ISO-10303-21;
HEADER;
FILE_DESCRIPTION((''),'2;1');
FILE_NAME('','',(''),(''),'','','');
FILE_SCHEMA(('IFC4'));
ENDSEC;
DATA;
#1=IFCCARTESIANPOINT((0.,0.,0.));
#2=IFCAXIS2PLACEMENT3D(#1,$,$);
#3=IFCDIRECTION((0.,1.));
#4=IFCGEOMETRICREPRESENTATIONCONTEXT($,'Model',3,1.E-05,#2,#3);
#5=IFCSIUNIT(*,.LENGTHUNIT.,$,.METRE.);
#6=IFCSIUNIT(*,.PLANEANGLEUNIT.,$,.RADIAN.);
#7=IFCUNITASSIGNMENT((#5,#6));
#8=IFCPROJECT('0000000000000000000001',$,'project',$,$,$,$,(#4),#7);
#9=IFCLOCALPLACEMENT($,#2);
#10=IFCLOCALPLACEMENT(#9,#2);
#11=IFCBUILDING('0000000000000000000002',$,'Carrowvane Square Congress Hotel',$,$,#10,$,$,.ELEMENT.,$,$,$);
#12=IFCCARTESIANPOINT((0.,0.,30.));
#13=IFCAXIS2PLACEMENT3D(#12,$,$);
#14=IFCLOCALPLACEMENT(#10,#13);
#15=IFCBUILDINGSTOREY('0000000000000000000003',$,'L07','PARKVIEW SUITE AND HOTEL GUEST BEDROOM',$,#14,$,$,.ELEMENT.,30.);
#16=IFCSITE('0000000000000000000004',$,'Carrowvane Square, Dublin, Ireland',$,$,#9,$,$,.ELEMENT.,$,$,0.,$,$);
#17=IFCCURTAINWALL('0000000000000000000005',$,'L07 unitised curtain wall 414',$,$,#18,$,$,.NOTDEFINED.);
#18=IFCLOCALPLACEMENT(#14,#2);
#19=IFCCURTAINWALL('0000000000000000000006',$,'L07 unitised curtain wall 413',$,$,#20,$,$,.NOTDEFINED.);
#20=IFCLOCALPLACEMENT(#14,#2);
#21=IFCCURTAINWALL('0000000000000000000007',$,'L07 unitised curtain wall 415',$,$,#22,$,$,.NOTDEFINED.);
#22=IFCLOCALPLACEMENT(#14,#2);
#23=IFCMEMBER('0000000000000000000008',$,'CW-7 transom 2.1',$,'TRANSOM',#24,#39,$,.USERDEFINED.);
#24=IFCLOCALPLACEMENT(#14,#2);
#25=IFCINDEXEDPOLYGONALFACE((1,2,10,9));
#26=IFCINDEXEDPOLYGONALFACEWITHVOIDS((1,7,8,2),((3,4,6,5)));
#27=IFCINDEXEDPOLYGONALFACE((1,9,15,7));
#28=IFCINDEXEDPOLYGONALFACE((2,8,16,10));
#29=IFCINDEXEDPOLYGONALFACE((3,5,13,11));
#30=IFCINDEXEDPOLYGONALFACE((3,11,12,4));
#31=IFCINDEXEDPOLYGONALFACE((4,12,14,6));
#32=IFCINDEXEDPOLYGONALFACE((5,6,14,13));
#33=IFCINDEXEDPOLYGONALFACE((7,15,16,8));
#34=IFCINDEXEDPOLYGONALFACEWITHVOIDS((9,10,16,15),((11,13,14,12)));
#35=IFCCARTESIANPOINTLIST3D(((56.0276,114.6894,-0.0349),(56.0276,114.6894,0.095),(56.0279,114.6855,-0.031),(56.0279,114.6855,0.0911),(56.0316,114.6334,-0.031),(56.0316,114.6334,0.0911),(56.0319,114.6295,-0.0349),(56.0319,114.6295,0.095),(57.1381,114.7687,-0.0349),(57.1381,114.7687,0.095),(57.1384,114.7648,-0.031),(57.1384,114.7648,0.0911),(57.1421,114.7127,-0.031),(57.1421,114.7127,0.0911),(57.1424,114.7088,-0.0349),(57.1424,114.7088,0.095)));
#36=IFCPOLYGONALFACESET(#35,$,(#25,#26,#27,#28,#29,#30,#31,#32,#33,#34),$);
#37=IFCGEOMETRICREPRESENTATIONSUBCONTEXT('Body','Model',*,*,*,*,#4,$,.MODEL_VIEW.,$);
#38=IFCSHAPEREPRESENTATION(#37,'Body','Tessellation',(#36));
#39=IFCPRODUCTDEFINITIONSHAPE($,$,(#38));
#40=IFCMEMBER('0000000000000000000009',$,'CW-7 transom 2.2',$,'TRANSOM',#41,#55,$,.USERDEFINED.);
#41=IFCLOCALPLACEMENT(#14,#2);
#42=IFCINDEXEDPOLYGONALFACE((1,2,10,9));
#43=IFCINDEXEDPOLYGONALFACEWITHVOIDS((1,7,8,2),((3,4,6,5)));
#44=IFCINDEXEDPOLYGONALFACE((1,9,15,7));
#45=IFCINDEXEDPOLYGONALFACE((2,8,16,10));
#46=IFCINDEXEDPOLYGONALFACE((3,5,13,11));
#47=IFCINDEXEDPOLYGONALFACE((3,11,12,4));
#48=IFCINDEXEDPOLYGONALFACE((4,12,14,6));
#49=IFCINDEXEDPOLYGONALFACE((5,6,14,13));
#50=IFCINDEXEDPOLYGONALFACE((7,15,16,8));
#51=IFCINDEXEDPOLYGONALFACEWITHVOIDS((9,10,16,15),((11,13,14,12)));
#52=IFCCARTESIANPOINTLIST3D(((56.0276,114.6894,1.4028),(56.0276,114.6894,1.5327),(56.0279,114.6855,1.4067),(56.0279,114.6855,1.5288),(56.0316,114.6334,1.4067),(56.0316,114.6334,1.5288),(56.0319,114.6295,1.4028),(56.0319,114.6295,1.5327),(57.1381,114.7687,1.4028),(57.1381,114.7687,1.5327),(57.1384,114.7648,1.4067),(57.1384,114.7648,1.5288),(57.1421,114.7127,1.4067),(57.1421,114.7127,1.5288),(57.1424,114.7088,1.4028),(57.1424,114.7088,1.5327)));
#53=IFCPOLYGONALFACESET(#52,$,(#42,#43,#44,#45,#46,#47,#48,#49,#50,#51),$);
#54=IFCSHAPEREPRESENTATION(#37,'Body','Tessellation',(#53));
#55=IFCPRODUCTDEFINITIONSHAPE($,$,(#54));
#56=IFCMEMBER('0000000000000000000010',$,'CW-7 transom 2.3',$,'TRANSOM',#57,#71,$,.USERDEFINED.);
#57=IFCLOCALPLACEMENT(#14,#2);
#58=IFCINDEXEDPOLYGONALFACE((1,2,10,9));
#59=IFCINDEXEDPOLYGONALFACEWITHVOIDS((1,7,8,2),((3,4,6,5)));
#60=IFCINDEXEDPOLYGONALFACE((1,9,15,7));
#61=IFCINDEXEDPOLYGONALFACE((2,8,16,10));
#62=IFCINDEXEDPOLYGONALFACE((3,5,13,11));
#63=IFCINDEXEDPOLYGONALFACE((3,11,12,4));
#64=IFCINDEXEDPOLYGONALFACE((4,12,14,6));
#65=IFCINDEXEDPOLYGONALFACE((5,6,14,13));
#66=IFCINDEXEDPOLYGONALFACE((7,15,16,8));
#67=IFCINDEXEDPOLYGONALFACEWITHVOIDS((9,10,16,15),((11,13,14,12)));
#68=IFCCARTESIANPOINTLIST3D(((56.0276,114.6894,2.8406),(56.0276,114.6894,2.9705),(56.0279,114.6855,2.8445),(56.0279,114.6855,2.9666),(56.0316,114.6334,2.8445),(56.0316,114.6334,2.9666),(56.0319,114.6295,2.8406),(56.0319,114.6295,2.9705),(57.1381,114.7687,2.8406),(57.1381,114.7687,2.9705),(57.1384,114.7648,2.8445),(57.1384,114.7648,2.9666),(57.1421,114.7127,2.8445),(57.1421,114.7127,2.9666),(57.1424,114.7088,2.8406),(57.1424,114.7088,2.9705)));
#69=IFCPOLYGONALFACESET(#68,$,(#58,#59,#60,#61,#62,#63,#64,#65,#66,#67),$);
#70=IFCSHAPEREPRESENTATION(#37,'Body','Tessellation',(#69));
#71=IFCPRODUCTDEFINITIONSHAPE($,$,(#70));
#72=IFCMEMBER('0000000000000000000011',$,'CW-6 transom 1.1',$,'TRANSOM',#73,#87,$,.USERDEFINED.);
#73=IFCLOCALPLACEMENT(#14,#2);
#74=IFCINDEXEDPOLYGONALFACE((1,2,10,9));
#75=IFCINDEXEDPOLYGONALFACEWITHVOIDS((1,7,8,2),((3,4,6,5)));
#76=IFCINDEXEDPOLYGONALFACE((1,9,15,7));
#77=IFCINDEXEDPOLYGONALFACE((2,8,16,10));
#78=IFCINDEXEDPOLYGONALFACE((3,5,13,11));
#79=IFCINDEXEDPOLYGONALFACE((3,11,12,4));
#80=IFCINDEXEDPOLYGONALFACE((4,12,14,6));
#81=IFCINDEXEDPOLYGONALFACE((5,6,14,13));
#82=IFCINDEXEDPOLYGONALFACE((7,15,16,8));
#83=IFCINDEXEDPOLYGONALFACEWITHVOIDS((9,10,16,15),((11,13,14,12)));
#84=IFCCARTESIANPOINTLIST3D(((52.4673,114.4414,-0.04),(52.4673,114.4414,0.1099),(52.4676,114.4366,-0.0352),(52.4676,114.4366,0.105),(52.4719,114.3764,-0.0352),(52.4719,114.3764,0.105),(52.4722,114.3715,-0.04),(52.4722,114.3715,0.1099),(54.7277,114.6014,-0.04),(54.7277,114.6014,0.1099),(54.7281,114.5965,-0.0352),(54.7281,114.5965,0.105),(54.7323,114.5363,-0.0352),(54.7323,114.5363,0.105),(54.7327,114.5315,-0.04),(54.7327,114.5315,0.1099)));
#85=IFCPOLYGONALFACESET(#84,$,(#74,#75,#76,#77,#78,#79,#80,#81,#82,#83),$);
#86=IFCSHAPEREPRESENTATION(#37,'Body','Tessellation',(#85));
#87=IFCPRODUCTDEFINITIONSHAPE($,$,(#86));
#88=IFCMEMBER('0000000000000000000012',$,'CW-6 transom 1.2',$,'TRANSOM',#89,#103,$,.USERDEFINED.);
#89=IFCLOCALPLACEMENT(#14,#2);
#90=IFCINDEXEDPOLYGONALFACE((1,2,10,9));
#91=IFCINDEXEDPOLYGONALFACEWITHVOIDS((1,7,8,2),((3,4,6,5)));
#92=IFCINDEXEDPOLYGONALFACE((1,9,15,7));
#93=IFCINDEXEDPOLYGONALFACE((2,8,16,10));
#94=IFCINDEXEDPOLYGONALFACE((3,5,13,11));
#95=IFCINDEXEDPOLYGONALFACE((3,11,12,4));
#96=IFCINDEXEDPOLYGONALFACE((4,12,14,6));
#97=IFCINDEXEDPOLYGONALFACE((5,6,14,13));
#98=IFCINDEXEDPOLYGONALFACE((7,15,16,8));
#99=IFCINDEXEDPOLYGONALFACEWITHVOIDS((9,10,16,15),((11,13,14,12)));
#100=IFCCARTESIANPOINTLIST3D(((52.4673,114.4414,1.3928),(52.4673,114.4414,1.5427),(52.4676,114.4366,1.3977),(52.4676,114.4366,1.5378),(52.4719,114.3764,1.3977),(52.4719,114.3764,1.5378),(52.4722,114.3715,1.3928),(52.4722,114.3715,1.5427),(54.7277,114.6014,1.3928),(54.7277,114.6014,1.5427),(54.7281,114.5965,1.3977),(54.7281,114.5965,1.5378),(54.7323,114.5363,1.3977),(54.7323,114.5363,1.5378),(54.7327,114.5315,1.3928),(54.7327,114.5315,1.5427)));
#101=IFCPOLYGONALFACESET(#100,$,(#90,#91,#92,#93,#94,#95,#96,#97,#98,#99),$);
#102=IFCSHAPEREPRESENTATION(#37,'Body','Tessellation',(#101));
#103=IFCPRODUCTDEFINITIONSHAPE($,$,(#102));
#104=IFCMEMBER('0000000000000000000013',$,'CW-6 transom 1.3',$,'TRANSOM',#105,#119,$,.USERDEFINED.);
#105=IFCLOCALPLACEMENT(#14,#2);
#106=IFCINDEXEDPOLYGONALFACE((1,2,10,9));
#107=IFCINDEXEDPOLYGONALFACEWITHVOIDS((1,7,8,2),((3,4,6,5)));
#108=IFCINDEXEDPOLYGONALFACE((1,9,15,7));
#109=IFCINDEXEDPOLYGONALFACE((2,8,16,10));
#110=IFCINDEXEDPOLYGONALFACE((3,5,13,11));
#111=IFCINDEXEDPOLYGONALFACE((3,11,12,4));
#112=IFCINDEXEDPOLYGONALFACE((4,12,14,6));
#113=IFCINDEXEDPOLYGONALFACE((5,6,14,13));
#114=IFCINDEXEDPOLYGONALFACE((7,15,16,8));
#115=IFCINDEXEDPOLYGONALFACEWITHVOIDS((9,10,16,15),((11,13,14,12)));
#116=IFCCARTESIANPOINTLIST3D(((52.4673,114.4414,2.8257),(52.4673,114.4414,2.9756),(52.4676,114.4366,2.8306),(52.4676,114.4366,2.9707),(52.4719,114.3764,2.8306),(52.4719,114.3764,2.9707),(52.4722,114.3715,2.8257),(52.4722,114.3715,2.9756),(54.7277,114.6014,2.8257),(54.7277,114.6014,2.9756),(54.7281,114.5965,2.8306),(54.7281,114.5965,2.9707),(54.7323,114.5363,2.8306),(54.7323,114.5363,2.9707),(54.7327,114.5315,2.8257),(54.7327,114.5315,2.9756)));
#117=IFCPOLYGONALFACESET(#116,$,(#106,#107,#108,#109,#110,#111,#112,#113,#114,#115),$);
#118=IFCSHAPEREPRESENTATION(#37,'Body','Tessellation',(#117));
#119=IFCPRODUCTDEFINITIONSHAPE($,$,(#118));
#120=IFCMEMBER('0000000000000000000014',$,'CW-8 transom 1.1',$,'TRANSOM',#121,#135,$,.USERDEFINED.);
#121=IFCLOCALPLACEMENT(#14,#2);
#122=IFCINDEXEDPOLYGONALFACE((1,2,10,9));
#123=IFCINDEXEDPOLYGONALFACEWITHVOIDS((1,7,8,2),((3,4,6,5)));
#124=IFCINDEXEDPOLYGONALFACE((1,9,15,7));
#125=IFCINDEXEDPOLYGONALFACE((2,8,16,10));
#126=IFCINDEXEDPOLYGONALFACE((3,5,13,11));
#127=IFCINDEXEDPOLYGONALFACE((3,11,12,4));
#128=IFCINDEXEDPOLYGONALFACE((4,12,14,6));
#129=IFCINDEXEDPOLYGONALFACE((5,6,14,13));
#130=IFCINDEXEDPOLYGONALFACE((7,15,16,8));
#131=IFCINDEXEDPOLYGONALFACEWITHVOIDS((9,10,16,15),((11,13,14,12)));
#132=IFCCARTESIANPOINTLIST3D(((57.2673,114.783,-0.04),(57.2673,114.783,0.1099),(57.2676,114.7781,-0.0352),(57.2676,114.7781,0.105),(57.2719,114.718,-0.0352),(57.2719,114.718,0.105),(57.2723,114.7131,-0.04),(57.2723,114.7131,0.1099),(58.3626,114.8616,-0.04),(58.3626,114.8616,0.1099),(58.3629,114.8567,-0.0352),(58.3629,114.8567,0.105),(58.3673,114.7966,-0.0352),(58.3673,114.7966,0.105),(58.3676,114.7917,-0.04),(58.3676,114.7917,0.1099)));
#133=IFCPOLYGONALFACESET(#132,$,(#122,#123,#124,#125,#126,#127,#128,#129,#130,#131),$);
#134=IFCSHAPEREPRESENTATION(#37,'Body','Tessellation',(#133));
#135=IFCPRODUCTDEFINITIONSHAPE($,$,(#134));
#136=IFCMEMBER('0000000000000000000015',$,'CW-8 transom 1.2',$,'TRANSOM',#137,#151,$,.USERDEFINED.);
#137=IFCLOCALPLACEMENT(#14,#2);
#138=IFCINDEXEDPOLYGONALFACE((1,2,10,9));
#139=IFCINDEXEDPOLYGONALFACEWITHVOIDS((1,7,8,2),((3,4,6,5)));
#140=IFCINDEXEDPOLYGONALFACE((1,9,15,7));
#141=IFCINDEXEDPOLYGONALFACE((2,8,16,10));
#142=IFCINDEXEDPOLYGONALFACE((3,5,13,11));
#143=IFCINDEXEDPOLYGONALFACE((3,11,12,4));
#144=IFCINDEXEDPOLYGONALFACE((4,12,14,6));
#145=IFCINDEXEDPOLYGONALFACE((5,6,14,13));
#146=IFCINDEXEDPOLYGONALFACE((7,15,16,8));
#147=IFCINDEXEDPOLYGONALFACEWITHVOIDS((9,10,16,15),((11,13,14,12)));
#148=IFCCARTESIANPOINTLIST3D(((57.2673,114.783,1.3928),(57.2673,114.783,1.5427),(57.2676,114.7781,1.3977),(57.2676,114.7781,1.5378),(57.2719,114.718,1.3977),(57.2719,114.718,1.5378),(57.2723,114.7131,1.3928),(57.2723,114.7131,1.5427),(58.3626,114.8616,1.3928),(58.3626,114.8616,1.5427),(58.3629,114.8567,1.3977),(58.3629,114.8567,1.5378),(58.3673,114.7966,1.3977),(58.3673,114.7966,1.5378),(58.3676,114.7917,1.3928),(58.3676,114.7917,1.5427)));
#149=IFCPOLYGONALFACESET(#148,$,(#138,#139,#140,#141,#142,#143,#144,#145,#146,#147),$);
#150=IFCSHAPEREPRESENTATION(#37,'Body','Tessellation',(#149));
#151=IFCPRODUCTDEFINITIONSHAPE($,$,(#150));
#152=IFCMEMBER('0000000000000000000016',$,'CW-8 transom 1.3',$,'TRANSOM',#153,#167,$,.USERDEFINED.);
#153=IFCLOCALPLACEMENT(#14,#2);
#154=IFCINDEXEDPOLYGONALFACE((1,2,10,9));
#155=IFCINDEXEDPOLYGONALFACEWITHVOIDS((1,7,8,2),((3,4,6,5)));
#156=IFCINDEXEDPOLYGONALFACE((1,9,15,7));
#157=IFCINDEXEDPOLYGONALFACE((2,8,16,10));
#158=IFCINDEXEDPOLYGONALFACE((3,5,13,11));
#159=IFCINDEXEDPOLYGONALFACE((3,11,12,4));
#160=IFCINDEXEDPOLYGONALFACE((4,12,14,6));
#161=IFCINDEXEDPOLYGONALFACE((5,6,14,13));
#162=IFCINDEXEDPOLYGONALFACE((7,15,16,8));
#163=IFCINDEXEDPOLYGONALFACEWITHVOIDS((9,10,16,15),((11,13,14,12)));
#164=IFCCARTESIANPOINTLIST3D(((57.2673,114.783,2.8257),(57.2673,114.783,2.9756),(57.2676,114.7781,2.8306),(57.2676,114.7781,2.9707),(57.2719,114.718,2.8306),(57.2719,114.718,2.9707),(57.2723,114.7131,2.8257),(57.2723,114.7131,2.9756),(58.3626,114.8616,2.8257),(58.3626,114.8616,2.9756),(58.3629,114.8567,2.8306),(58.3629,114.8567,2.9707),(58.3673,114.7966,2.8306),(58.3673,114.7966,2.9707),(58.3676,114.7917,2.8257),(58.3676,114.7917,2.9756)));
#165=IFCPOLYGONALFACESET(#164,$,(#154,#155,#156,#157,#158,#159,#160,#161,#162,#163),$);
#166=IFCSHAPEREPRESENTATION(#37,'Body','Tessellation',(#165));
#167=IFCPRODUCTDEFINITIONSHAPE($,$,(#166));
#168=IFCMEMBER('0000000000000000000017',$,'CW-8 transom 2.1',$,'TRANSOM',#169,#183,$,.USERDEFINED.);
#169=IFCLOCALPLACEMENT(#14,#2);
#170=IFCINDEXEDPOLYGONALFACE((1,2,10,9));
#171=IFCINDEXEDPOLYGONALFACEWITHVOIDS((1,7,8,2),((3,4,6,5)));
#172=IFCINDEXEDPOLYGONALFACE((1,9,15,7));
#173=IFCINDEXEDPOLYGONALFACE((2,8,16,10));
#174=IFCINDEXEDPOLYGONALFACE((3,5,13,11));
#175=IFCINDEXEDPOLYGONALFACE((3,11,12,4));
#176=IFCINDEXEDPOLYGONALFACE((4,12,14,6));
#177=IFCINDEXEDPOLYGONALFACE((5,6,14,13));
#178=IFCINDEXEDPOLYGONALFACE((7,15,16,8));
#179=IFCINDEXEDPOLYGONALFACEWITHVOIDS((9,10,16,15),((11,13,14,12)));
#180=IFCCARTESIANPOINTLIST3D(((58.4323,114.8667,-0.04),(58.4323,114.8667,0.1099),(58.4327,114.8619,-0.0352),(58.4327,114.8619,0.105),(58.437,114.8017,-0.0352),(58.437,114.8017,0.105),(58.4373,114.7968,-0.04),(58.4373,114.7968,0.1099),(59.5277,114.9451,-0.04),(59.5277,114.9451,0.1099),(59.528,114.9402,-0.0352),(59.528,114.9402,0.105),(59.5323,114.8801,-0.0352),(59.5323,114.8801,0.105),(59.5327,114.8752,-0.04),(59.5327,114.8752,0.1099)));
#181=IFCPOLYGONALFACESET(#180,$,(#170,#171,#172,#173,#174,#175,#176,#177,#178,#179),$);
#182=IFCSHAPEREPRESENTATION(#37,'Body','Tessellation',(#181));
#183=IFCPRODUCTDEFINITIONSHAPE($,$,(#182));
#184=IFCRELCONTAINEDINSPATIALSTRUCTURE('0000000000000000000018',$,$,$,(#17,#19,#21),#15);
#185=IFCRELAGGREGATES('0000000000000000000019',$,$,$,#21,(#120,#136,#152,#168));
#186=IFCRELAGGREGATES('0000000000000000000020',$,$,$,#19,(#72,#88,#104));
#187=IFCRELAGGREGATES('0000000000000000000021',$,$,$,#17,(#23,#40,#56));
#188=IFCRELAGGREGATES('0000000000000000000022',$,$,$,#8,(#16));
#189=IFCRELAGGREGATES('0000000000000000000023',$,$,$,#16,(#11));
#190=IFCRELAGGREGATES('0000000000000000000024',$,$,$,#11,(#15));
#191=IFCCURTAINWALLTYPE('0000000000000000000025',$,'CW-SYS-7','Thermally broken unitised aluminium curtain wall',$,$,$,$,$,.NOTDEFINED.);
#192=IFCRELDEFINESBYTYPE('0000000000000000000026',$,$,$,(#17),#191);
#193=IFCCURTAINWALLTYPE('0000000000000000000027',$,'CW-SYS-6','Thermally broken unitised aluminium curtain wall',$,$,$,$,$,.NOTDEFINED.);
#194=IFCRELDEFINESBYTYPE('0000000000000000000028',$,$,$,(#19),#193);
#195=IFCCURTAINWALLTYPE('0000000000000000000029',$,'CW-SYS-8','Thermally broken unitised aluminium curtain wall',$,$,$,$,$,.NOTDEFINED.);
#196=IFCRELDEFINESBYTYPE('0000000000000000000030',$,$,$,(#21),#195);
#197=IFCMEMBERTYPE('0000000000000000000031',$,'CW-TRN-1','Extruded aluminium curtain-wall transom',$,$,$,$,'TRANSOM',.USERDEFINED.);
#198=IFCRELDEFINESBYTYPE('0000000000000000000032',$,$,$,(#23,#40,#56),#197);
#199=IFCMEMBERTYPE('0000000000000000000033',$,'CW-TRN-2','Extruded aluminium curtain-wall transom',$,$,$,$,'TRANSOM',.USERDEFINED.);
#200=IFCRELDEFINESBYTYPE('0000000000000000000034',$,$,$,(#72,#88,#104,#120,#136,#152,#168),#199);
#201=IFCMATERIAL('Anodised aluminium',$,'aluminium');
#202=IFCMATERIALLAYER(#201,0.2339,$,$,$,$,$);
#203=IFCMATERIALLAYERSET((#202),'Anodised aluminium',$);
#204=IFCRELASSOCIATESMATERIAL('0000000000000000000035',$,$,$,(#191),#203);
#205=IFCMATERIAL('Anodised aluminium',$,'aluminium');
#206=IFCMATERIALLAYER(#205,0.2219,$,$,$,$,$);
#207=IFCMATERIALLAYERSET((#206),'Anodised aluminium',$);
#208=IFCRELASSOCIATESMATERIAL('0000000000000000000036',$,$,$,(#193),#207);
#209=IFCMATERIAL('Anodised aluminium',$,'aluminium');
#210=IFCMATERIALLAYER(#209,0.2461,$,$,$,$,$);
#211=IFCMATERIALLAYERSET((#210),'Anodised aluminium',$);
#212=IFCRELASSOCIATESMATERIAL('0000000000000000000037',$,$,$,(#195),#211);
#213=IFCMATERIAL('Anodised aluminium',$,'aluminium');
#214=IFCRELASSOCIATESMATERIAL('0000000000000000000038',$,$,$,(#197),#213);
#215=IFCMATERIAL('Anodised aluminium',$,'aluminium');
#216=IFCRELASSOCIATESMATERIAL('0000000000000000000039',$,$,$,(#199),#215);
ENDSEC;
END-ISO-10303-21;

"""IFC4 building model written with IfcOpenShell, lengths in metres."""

from ifc_helpers import new_model, si_unit, direction, frame, origin, origin_2d, place, context, subcontext, project, spatial, hollow_rectangle, extrude, material, layer, layer_set, material_profile, profile_set, type_object, element, aggregate, save


model = new_model("IFC4")

# Units and contexts
model_context = context("Model", 3, precision=1e-05, world=origin(), true_north=direction((0.0, 1.0)))
body_context = subcontext(model_context, "Body", "Model", "MODEL_VIEW")
ifc_project = project(units=[si_unit("LENGTHUNIT", "METRE"), si_unit("PLANEANGLEUNIT", "RADIAN")], contexts=[model_context])

# Site, building, storey
site_placement = place(None, origin())
site = spatial("IfcSite", under=ifc_project, at=site_placement, Name="Carrowvane Square, Dublin, Ireland", CompositionType="ELEMENT", RefElevation=0.0)
building_placement = place(site_placement, origin())
building = spatial("IfcBuilding", under=site, at=building_placement, Name="Carrowvane Square Congress Hotel", CompositionType="ELEMENT")
storey_placement = place(building_placement, frame((0.0, 0.0, 30.0)))
storey = spatial("IfcBuildingStorey", under=building, at=storey_placement, Name="L07", Description="PARKVIEW SUITE AND HOTEL GUEST BEDROOM", CompositionType="ELEMENT", Elevation=30.0)

# Curtain walls
ifc_material_1 = material(Name="Anodised aluminium", Category="aluminium")
ifc_layer_1 = layer(ifc_material_1, 0.2339)
ifc_layer_set_1 = layer_set([ifc_layer_1], Name="Anodised aluminium")
curtain_wall_type_1 = type_object("IfcCurtainWallType", Name="CW-SYS-7", Description="Thermally broken unitised aluminium curtain wall", PredefinedType="NOTDEFINED", material=ifc_layer_set_1)
curtain_wall_1_placement = place(storey_placement, origin())
curtain_wall_1 = element("IfcCurtainWall", 1, at=curtain_wall_1_placement, inside=storey, type_object=curtain_wall_type_1, Name="L07 unitised curtain wall 414", PredefinedType="NOTDEFINED")
ifc_material_2 = material(Name="Anodised aluminium", Category="aluminium")
ifc_layer_2 = layer(ifc_material_2, 0.2219)
ifc_layer_set_2 = layer_set([ifc_layer_2], Name="Anodised aluminium")
curtain_wall_type_2 = type_object("IfcCurtainWallType", Name="CW-SYS-6", Description="Thermally broken unitised aluminium curtain wall", PredefinedType="NOTDEFINED", material=ifc_layer_set_2)
curtain_wall_2_placement = place(storey_placement, origin())
curtain_wall_2 = element("IfcCurtainWall", 2, at=curtain_wall_2_placement, inside=storey, type_object=curtain_wall_type_2, Name="L07 unitised curtain wall 413", PredefinedType="NOTDEFINED")
ifc_material_3 = material(Name="Anodised aluminium", Category="aluminium")
ifc_layer_3 = layer(ifc_material_3, 0.2461)
ifc_layer_set_3 = layer_set([ifc_layer_3], Name="Anodised aluminium")
curtain_wall_type_3 = type_object("IfcCurtainWallType", Name="CW-SYS-8", Description="Thermally broken unitised aluminium curtain wall", PredefinedType="NOTDEFINED", material=ifc_layer_set_3)
curtain_wall_3_placement = place(storey_placement, origin())
curtain_wall_3 = element("IfcCurtainWall", 3, at=curtain_wall_3_placement, inside=storey, type_object=curtain_wall_type_3, Name="L07 unitised curtain wall 415", PredefinedType="NOTDEFINED")

# Members
ifc_material_4 = material(Name="Anodised aluminium", Category="aluminium")
ifc_material_profile_1 = material_profile(ifc_material_4, hollow_rectangle(XDim=0.0601, YDim=0.1299, WallThickness=0.0039, at=origin_2d()), Name="CW-TR 60x130x4")
ifc_profile_set_1 = profile_set([ifc_material_profile_1], Name="Anodised aluminium")
member_type_1 = type_object("IfcMemberType", Name="CW-TRN-1", Description="Extruded aluminium curtain-wall transom", ElementType="TRANSOM", PredefinedType="USERDEFINED", material=ifc_profile_set_1)
member_1_placement = place(storey_placement, frame((56.0298, 114.6594, 0.03), z_axis=(0.997456, 0.071278, 0.0), x_axis=(-0.071278, 0.997456, 0.0)))
member_1 = element("IfcMember", 4, at=member_1_placement, type_object=member_type_1, Name="CW-7 transom 2.1", ObjectType="TRANSOM", PredefinedType="USERDEFINED", context=body_context, shape_type="SweptSolid", body=[
    extrude(hollow_rectangle(XDim=0.0601, YDim=0.1299, WallThickness=0.0039, at=origin_2d()), origin(), (0.0, 0.0, 1.0), 1.1133),
])
member_2_placement = place(storey_placement, frame((56.0298, 114.6594, 1.4678), z_axis=(0.997456, 0.071278, 0.0), x_axis=(-0.071278, 0.997456, 0.0)))
member_2 = element("IfcMember", 5, at=member_2_placement, type_object=member_type_1, Name="CW-7 transom 2.2", ObjectType="TRANSOM", PredefinedType="USERDEFINED", context=body_context, shape_type="SweptSolid", body=[
    extrude(hollow_rectangle(XDim=0.0601, YDim=0.1299, WallThickness=0.0039, at=origin_2d()), origin(), (0.0, 0.0, 1.0), 1.1133),
])
member_3_placement = place(storey_placement, frame((56.0298, 114.6594, 2.9055), z_axis=(0.997456, 0.071278, 0.0), x_axis=(-0.071278, 0.997456, 0.0)))
member_3 = element("IfcMember", 6, at=member_3_placement, type_object=member_type_1, Name="CW-7 transom 2.3", ObjectType="TRANSOM", PredefinedType="USERDEFINED", context=body_context, shape_type="SweptSolid", body=[
    extrude(hollow_rectangle(XDim=0.0601, YDim=0.1299, WallThickness=0.0039, at=origin_2d()), origin(), (0.0, 0.0, 1.0), 1.1133),
])
ifc_material_5 = material(Name="Anodised aluminium", Category="aluminium")
ifc_material_profile_2 = material_profile(ifc_material_5, hollow_rectangle(XDim=0.0701, YDim=0.1499, WallThickness=0.0049, at=origin_2d()), Name="CW-TR 70x150x5")
ifc_profile_set_2 = profile_set([ifc_material_profile_2], Name="Anodised aluminium")
member_type_2 = type_object("IfcMemberType", Name="CW-TRN-2", Description="Extruded aluminium curtain-wall transom", ElementType="TRANSOM", PredefinedType="USERDEFINED", material=ifc_profile_set_2)
member_4_placement = place(storey_placement, frame((52.4697, 114.4065, 0.0349), z_axis=(0.997507, 0.070566, 0.0), x_axis=(-0.070566, 0.997507, 0.0)))
member_4 = element("IfcMember", 7, at=member_4_placement, type_object=member_type_2, Name="CW-6 transom 1.1", ObjectType="TRANSOM", PredefinedType="USERDEFINED", context=body_context, shape_type="SweptSolid", body=[
    extrude(hollow_rectangle(XDim=0.0701, YDim=0.1499, WallThickness=0.0049, at=origin_2d()), origin(), (0.0, 0.0, 1.0), 2.2661),
])
member_5_placement = place(storey_placement, frame((52.4697, 114.4065, 1.4678), z_axis=(0.997507, 0.070566, 0.0), x_axis=(-0.070566, 0.997507, 0.0)))
member_5 = element("IfcMember", 8, at=member_5_placement, type_object=member_type_2, Name="CW-6 transom 1.2", ObjectType="TRANSOM", PredefinedType="USERDEFINED", context=body_context, shape_type="SweptSolid", body=[
    extrude(hollow_rectangle(XDim=0.0701, YDim=0.1499, WallThickness=0.0049, at=origin_2d()), origin(), (0.0, 0.0, 1.0), 2.2661),
])
member_6_placement = place(storey_placement, frame((52.4697, 114.4065, 2.9006), z_axis=(0.997507, 0.070566, 0.0), x_axis=(-0.070566, 0.997507, 0.0)))
member_6 = element("IfcMember", 9, at=member_6_placement, type_object=member_type_2, Name="CW-6 transom 1.3", ObjectType="TRANSOM", PredefinedType="USERDEFINED", context=body_context, shape_type="SweptSolid", body=[
    extrude(hollow_rectangle(XDim=0.0701, YDim=0.1499, WallThickness=0.0049, at=origin_2d()), origin(), (0.0, 0.0, 1.0), 2.2661),
])
member_7_placement = place(storey_placement, frame((57.2698, 114.748, 0.0349), z_axis=(0.997434, 0.071595, 0.0), x_axis=(-0.071595, 0.997434, 0.0)))
member_7 = element("IfcMember", 10, at=member_7_placement, type_object=member_type_2, Name="CW-8 transom 1.1", ObjectType="TRANSOM", PredefinedType="USERDEFINED", context=body_context, shape_type="SweptSolid", body=[
    extrude(hollow_rectangle(XDim=0.0701, YDim=0.1499, WallThickness=0.0049, at=origin_2d()), origin(), (0.0, 0.0, 1.0), 1.0981),
])
member_8_placement = place(storey_placement, frame((57.2698, 114.748, 1.4678), z_axis=(0.997434, 0.071595, 0.0), x_axis=(-0.071595, 0.997434, 0.0)))
member_8 = element("IfcMember", 11, at=member_8_placement, type_object=member_type_2, Name="CW-8 transom 1.2", ObjectType="TRANSOM", PredefinedType="USERDEFINED", context=body_context, shape_type="SweptSolid", body=[
    extrude(hollow_rectangle(XDim=0.0701, YDim=0.1499, WallThickness=0.0049, at=origin_2d()), origin(), (0.0, 0.0, 1.0), 1.0981),
])
member_9_placement = place(storey_placement, frame((57.2698, 114.748, 2.9006), z_axis=(0.997434, 0.071595, 0.0), x_axis=(-0.071595, 0.997434, 0.0)))
member_9 = element("IfcMember", 12, at=member_9_placement, type_object=member_type_2, Name="CW-8 transom 1.3", ObjectType="TRANSOM", PredefinedType="USERDEFINED", context=body_context, shape_type="SweptSolid", body=[
    extrude(hollow_rectangle(XDim=0.0701, YDim=0.1499, WallThickness=0.0049, at=origin_2d()), origin(), (0.0, 0.0, 1.0), 1.0981),
])
member_10_placement = place(storey_placement, frame((58.4348, 114.8318, 0.0349), z_axis=(0.997451, 0.071358, 0.0), x_axis=(-0.071358, 0.997451, 0.0)))
member_10 = element("IfcMember", 13, at=member_10_placement, type_object=member_type_2, Name="CW-8 transom 2.1", ObjectType="TRANSOM", PredefinedType="USERDEFINED", context=body_context, shape_type="SweptSolid", body=[
    extrude(hollow_rectangle(XDim=0.0701, YDim=0.1499, WallThickness=0.0049, at=origin_2d()), origin(), (0.0, 0.0, 1.0), 1.0981),
])

aggregate(curtain_wall_3, [member_7, member_8, member_9, member_10])
aggregate(curtain_wall_2, [member_4, member_5, member_6])
aggregate(curtain_wall_1, [member_1, member_2, member_3])

save(model, "model.ifc")
